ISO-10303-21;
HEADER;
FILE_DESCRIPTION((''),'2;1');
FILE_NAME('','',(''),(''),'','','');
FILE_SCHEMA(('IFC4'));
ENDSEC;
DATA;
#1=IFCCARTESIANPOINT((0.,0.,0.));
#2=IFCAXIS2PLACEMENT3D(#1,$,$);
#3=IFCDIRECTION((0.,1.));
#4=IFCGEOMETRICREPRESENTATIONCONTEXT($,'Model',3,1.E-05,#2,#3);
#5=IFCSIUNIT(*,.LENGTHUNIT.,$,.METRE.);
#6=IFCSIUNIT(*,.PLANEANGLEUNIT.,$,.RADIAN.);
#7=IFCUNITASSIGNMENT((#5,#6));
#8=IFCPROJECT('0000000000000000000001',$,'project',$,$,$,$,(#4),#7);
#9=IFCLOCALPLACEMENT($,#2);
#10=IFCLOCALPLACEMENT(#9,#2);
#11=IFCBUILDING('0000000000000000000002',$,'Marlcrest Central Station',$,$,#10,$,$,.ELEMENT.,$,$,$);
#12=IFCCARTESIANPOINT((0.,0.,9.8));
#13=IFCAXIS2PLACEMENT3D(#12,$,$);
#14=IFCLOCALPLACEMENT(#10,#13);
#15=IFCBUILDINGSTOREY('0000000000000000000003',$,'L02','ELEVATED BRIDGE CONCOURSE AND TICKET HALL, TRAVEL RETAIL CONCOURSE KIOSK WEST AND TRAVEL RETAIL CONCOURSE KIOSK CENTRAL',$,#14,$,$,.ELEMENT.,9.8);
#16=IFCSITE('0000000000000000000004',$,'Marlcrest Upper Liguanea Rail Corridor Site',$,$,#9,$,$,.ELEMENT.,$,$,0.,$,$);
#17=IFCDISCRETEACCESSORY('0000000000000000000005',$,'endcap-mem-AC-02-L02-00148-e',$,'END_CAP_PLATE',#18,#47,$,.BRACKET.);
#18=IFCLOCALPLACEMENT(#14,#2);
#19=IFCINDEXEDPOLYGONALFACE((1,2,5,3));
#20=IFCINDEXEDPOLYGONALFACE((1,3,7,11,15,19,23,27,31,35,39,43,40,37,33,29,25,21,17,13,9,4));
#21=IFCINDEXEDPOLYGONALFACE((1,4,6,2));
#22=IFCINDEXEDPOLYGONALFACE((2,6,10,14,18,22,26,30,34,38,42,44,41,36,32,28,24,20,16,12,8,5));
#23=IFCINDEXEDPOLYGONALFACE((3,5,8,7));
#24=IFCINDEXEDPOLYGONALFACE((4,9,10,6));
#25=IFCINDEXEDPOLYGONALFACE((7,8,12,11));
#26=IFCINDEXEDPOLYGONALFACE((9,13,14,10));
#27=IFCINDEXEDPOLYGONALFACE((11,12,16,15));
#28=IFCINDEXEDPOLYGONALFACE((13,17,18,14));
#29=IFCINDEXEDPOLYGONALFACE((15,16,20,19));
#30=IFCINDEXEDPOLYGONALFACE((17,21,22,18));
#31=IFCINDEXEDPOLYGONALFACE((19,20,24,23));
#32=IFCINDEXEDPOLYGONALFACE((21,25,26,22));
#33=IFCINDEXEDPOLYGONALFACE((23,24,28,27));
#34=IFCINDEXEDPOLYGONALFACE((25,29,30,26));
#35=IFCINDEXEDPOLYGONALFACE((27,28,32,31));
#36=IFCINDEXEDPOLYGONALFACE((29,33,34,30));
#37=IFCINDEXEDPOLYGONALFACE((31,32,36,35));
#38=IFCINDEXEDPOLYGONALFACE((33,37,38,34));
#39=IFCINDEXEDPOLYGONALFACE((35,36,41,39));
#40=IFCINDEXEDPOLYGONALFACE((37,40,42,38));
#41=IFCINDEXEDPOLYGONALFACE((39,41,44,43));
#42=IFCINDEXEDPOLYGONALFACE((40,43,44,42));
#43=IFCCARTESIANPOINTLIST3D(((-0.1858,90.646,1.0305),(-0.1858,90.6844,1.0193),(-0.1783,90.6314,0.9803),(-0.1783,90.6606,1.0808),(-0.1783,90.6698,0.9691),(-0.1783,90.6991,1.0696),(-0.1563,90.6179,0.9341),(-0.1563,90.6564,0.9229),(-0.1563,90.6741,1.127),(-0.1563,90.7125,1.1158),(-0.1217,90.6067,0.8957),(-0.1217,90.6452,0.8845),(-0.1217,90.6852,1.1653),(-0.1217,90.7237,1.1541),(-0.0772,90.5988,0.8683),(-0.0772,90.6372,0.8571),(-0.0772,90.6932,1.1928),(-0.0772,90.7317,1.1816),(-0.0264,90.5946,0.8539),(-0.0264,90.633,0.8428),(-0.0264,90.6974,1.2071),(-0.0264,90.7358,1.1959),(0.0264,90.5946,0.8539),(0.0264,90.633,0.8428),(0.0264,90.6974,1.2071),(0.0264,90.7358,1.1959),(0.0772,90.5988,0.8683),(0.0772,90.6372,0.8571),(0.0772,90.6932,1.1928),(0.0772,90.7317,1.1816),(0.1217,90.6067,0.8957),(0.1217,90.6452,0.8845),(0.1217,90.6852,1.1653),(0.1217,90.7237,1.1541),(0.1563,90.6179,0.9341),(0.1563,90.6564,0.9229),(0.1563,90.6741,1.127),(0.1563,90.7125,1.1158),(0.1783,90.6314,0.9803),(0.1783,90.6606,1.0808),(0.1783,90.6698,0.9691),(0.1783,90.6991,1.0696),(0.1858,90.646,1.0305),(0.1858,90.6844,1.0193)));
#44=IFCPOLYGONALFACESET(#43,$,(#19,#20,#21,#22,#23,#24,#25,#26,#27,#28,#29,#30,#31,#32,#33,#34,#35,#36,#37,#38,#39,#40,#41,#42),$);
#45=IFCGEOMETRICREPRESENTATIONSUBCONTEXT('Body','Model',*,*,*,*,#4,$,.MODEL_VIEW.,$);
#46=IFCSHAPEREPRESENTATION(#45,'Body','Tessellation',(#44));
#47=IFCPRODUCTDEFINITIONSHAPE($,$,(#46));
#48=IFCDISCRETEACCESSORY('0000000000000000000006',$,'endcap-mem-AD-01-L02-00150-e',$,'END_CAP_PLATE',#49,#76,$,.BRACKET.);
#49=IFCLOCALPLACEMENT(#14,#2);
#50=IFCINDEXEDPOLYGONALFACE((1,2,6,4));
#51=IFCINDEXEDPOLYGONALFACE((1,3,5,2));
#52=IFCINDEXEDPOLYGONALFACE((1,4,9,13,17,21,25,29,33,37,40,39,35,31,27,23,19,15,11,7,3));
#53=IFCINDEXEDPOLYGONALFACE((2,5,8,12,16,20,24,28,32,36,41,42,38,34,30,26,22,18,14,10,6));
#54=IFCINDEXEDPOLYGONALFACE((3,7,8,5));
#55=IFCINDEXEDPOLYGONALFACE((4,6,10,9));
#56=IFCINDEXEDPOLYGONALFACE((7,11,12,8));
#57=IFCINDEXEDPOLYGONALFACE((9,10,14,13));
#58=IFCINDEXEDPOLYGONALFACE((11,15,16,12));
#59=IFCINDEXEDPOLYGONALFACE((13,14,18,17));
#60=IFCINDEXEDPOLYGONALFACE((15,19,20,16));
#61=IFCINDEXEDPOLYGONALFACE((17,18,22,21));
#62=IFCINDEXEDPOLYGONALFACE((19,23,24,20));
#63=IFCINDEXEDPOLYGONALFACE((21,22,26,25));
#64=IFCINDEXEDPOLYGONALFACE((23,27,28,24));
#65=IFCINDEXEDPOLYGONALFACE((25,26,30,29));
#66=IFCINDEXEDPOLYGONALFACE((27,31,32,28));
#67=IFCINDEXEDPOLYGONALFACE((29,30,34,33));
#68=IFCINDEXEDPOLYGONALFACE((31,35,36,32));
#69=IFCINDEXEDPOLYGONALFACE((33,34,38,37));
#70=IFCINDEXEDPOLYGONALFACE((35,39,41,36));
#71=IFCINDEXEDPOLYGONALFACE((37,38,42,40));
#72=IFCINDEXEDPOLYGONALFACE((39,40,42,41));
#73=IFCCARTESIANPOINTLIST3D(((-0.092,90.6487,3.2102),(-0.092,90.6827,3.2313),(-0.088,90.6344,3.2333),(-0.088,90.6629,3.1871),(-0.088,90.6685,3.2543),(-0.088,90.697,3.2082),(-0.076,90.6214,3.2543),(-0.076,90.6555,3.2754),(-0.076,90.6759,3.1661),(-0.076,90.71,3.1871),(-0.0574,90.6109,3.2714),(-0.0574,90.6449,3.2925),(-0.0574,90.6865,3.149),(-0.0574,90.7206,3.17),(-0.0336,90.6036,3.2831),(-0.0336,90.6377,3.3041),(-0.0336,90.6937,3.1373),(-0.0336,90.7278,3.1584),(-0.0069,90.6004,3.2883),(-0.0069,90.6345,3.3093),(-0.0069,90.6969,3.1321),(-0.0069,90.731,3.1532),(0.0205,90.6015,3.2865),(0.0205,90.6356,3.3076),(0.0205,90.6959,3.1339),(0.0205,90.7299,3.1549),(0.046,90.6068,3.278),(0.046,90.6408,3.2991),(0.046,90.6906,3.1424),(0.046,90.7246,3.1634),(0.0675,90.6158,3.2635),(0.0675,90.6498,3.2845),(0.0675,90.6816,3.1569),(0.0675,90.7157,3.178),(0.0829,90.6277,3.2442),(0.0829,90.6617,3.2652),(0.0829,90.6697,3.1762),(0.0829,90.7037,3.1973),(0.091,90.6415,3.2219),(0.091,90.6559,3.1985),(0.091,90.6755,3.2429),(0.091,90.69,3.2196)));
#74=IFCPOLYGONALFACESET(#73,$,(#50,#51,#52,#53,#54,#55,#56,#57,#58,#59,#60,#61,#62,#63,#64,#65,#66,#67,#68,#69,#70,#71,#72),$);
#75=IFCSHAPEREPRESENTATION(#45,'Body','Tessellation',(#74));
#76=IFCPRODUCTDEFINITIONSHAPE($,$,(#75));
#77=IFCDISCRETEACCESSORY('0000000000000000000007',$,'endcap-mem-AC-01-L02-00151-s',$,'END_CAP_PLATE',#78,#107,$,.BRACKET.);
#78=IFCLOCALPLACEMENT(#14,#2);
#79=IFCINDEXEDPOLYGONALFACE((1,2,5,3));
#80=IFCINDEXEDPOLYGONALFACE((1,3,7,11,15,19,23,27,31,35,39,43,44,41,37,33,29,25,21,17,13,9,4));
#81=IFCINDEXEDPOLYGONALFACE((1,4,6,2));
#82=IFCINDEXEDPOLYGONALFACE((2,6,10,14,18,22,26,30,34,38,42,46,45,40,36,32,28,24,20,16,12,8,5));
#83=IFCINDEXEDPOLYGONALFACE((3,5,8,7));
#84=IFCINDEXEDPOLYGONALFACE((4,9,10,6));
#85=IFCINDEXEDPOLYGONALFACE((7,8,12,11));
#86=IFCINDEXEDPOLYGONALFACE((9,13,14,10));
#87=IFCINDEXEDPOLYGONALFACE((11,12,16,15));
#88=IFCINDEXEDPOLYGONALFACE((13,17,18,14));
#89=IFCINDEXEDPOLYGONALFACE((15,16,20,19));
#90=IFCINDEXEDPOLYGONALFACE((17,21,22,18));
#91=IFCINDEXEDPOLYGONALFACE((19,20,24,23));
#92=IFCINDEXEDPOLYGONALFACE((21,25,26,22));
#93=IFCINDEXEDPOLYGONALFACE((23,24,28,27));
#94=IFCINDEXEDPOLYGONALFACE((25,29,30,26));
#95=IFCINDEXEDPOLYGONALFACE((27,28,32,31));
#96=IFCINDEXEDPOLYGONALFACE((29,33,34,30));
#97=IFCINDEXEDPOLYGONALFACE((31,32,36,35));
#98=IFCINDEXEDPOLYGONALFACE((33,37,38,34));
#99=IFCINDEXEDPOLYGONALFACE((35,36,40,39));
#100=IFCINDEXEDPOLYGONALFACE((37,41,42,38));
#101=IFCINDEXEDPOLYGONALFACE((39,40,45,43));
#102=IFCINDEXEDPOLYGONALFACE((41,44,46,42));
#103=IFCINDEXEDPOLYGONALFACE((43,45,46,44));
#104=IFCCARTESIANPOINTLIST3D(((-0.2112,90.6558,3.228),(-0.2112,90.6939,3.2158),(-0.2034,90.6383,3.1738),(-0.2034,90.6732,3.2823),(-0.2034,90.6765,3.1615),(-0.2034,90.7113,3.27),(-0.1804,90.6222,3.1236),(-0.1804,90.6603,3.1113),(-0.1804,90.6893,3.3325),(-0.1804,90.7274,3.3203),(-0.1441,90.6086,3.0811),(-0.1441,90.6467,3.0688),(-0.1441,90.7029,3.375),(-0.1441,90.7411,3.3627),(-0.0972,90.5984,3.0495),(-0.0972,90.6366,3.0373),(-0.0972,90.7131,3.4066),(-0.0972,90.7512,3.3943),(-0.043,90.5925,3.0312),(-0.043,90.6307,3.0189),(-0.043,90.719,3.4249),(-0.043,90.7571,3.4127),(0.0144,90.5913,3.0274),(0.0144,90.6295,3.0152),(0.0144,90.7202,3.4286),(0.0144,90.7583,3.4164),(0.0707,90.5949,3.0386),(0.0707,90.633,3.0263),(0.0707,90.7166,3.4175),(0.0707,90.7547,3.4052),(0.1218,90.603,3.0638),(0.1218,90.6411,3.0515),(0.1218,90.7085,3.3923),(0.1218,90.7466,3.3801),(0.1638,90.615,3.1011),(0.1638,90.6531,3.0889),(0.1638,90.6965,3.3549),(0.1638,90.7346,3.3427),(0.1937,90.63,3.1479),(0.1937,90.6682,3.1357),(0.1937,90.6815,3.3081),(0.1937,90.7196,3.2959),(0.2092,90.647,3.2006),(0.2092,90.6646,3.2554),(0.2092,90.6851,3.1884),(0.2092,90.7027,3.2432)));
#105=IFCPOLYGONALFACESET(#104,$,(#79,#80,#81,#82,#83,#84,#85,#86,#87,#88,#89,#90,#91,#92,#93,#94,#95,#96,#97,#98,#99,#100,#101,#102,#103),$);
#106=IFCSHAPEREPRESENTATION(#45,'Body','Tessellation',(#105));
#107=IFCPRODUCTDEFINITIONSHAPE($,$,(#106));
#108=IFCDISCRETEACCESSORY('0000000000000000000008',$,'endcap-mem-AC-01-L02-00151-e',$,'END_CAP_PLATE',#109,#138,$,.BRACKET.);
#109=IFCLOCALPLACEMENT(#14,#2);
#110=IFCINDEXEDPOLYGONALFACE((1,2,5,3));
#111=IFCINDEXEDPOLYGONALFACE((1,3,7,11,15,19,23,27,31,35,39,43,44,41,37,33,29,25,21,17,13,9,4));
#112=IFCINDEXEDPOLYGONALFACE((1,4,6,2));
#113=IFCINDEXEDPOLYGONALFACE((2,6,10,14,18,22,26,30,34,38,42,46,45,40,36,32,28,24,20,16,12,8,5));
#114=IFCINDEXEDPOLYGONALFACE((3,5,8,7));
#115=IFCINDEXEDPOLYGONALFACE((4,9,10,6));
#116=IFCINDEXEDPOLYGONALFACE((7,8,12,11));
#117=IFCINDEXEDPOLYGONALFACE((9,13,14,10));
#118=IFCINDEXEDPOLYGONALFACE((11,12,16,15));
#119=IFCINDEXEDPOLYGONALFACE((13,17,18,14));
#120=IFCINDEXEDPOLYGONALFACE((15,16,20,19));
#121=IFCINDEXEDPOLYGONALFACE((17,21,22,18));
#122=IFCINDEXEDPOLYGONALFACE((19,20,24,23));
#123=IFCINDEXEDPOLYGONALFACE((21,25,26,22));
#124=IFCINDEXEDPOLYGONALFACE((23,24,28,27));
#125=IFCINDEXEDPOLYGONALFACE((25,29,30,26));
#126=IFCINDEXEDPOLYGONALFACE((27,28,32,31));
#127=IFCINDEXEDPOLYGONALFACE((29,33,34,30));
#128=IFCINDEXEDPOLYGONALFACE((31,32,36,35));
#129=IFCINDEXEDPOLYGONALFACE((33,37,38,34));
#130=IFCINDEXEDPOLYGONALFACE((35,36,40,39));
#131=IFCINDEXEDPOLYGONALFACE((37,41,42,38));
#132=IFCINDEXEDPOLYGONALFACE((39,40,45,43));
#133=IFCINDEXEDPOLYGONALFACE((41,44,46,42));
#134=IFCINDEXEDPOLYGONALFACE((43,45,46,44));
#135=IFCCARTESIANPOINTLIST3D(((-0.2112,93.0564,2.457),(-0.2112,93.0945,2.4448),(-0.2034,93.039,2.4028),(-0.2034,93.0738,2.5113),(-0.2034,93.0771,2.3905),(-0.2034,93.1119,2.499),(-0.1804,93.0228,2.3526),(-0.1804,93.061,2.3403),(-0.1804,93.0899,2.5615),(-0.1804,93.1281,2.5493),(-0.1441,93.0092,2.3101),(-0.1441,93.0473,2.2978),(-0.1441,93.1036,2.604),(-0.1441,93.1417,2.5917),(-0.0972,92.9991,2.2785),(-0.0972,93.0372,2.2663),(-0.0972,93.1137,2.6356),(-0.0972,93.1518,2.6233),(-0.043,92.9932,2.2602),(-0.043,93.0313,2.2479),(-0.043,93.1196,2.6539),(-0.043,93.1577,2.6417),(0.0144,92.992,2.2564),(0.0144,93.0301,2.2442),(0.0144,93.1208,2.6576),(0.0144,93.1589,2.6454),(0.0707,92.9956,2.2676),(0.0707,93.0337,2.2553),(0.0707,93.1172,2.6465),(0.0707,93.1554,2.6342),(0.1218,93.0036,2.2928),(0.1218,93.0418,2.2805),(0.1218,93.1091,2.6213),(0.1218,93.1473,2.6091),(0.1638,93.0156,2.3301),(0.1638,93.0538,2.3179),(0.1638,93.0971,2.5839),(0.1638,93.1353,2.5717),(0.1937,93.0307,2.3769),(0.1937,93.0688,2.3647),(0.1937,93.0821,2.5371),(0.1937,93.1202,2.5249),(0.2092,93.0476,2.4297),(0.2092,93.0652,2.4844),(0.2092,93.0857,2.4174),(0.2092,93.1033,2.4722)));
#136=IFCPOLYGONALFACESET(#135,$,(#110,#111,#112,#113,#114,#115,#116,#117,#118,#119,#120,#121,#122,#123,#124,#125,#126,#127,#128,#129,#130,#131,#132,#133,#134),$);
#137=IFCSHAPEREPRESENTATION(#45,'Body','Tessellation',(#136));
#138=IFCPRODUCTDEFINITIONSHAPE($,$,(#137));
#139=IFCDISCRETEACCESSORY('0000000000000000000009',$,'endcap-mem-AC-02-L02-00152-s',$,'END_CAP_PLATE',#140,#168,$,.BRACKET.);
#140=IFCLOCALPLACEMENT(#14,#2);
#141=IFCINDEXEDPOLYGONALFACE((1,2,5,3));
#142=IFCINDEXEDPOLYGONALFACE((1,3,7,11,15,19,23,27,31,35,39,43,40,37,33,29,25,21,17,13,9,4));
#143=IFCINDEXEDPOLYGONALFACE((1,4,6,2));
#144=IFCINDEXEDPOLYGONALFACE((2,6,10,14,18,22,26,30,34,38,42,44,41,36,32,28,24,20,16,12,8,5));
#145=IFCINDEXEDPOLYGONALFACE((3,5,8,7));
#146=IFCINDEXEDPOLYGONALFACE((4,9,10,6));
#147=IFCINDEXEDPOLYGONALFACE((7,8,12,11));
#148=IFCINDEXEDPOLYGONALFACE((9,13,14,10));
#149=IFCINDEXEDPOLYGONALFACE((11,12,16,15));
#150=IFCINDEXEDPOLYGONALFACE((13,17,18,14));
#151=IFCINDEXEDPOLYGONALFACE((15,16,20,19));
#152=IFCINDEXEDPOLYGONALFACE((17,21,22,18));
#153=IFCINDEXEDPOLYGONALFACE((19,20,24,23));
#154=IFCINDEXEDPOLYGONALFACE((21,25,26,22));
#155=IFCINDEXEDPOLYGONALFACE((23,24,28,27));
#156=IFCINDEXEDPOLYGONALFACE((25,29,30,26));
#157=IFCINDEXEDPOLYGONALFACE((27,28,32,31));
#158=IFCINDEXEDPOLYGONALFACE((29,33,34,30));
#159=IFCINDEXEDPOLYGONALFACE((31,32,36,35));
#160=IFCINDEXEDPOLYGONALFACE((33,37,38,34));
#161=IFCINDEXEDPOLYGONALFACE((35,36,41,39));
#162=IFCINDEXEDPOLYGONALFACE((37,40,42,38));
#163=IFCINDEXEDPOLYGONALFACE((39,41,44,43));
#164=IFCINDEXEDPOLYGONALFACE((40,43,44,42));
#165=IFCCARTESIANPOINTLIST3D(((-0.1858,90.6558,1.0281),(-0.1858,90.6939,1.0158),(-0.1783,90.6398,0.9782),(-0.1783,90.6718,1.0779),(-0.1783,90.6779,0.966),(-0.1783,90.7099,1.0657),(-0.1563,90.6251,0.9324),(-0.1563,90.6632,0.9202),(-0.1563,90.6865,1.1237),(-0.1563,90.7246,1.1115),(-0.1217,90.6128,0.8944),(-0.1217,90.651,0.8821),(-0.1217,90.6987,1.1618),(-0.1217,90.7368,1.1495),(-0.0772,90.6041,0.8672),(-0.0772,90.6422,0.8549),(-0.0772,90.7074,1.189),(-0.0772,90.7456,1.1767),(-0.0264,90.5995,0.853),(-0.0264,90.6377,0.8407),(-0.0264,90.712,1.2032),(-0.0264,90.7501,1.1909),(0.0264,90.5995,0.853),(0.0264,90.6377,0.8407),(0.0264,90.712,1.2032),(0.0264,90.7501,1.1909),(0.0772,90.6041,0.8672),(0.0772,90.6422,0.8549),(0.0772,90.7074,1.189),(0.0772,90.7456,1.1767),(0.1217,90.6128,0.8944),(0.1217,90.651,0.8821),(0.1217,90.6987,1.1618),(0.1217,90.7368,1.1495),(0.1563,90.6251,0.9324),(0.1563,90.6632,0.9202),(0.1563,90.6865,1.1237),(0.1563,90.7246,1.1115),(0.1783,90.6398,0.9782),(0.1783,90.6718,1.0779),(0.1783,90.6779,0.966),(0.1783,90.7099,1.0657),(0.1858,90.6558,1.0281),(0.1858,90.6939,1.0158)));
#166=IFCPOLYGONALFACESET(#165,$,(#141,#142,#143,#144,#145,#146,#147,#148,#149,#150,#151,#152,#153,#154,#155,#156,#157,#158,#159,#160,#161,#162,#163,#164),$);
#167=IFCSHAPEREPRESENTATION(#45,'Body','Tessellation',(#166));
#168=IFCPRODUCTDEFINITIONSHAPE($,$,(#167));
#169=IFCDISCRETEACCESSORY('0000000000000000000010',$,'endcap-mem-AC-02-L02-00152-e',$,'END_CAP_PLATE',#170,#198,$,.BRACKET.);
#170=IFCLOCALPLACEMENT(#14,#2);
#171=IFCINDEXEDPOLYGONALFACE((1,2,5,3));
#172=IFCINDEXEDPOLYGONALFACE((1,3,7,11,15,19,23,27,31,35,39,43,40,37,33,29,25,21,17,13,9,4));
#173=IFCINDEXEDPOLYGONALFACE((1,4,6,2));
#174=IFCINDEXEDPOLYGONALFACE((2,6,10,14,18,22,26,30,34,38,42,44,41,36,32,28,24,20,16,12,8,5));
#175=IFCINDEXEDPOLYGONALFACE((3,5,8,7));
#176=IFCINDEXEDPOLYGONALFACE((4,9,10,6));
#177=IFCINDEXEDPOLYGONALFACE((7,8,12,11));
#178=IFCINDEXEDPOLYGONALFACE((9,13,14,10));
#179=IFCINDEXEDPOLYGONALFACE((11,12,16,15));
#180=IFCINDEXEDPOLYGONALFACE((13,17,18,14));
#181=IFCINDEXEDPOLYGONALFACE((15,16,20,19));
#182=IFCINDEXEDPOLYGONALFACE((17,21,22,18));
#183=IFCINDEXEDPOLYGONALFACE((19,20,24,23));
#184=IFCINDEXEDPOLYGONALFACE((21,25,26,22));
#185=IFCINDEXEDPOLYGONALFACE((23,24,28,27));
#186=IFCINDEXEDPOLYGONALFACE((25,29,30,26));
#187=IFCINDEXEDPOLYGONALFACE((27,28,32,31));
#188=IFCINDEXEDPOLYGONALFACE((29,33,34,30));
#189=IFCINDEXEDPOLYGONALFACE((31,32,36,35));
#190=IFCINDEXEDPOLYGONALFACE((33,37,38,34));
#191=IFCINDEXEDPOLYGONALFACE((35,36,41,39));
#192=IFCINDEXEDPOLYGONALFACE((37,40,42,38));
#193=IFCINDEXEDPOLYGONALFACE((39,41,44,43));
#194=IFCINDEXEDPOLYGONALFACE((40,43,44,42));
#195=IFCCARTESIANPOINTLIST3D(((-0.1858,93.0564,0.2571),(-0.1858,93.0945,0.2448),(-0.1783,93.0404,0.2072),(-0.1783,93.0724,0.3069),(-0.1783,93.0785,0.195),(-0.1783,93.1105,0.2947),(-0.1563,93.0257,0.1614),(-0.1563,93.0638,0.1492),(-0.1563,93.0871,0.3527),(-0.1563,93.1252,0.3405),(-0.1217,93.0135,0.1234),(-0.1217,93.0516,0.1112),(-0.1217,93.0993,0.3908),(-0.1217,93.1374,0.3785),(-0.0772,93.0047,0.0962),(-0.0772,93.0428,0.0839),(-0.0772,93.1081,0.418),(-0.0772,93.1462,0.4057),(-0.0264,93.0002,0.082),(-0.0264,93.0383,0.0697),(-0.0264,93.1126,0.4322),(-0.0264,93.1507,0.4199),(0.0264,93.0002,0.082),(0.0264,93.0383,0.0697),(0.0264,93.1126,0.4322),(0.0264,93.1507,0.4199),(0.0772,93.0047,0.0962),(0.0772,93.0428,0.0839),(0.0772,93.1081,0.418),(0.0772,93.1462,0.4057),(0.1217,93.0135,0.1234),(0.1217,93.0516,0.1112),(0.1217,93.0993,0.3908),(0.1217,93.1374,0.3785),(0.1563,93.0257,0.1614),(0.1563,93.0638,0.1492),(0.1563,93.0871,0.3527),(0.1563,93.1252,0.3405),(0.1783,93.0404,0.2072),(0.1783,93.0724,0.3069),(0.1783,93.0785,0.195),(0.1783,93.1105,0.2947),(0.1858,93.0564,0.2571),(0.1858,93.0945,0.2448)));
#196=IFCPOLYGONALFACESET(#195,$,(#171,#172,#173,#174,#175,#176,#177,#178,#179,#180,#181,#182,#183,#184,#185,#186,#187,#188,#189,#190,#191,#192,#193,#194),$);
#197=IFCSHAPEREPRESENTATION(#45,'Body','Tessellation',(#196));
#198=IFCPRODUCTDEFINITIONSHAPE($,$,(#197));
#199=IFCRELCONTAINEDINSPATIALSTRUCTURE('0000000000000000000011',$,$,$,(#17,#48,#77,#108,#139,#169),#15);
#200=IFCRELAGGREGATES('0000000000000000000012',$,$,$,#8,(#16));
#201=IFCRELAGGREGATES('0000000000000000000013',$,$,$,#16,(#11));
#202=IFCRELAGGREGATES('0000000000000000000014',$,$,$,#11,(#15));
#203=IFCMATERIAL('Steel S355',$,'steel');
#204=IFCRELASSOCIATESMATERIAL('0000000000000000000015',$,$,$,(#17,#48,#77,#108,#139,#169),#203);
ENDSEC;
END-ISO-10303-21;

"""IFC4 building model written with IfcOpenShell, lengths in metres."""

from ifc_helpers import new_model, si_unit, direction, frame, origin, origin_2d, place, context, subcontext, project, spatial, circle, extrude, material, element, save


model = new_model("IFC4")

# Units and contexts
model_context = context("Model", 3, precision=1e-05, world=origin(), true_north=direction((0.0, 1.0)))
body_context = subcontext(model_context, "Body", "Model", "MODEL_VIEW")
ifc_project = project(units=[si_unit("LENGTHUNIT", "METRE"), si_unit("PLANEANGLEUNIT", "RADIAN")], contexts=[model_context])

# Site, building, storey
site_placement = place(None, origin())
site = spatial("IfcSite", under=ifc_project, at=site_placement, Name="Marlcrest Upper Liguanea Rail Corridor Site", CompositionType="ELEMENT", RefElevation=0.0)
building_placement = place(site_placement, origin())
building = spatial("IfcBuilding", under=site, at=building_placement, Name="Marlcrest Central Station", CompositionType="ELEMENT")
storey_placement = place(building_placement, frame((0.0, 0.0, 9.8)))
storey = spatial("IfcBuildingStorey", under=building, at=storey_placement, Name="L02", Description="ELEVATED BRIDGE CONCOURSE AND TICKET HALL, TRAVEL RETAIL CONCOURSE KIOSK WEST AND TRAVEL RETAIL CONCOURSE KIOSK CENTRAL", CompositionType="ELEMENT", Elevation=9.8)

# Shared definitions
ifc_material = material(Name="Steel S355", Category="steel")

# Discrete accessories
discrete_accessory_1_placement = place(storey_placement, frame((0.0, 90.646, 1.0305), z_axis=(0.0, 0.96013, -0.279554), x_axis=(-1.0, 0.0, 0.0)))
element("IfcDiscreteAccessory", 1, at=discrete_accessory_1_placement, inside=storey, material=ifc_material, Name="endcap-mem-AC-02-L02-00148-e", ObjectType="END_CAP_PLATE", PredefinedType="BRACKET", context=body_context, shape_type="SweptSolid", body=[
    extrude(circle(Radius=0.1858, at=origin_2d()), origin(), (0.0, 0.0, 1.0), 0.04),
])
discrete_accessory_2_placement = place(storey_placement, frame((0.0, 90.6487, 3.2102), z_axis=(0.0, 0.850687, 0.525672), x_axis=(-1.0, 0.0, 0.0)))
element("IfcDiscreteAccessory", 2, at=discrete_accessory_2_placement, inside=storey, material=ifc_material, Name="endcap-mem-AD-01-L02-00150-e", ObjectType="END_CAP_PLATE", PredefinedType="BRACKET", context=body_context, shape_type="SweptSolid", body=[
    extrude(circle(Radius=0.092, at=origin_2d()), origin(), (0.0, 0.0, 1.0), 0.04),
])
for number, where, z_axis, x_axis, name in (
    (3, (0.0, 90.6558, 3.228), (0.0, 0.952117, -0.305734), (-1.0, 0.0, 0.0), "endcap-mem-AC-01-L02-00151-s"),
    (4, (0.0, 93.0564, 2.457), (0.0, 0.952117, -0.305734), (-1.0, 0.0, 0.0), "endcap-mem-AC-01-L02-00151-e"),
):
    element("IfcDiscreteAccessory", number, at=place(storey_placement, frame(where, z_axis=z_axis, x_axis=x_axis)), inside=storey, material=ifc_material, Name=name, ObjectType="END_CAP_PLATE", PredefinedType="BRACKET", context=body_context, shape_type="SweptSolid", body=[
        extrude(circle(Radius=0.2112, at=origin_2d()), origin(), (0.0, 0.0, 1.0), 0.04),
    ])
for number, where, z_axis, x_axis, name in (
    (5, (0.0, 90.6558, 1.0281), (0.0, 0.952117, -0.305734), (-1.0, 0.0, 0.0), "endcap-mem-AC-02-L02-00152-s"),
    (6, (0.0, 93.0564, 0.2571), (0.0, 0.952117, -0.305734), (-1.0, 0.0, 0.0), "endcap-mem-AC-02-L02-00152-e"),
):
    element("IfcDiscreteAccessory", number, at=place(storey_placement, frame(where, z_axis=z_axis, x_axis=x_axis)), inside=storey, material=ifc_material, Name=name, ObjectType="END_CAP_PLATE", PredefinedType="BRACKET", context=body_context, shape_type="SweptSolid", body=[
        extrude(circle(Radius=0.1858, at=origin_2d()), origin(), (0.0, 0.0, 1.0), 0.04),
    ])

save(model, "model.ifc")
